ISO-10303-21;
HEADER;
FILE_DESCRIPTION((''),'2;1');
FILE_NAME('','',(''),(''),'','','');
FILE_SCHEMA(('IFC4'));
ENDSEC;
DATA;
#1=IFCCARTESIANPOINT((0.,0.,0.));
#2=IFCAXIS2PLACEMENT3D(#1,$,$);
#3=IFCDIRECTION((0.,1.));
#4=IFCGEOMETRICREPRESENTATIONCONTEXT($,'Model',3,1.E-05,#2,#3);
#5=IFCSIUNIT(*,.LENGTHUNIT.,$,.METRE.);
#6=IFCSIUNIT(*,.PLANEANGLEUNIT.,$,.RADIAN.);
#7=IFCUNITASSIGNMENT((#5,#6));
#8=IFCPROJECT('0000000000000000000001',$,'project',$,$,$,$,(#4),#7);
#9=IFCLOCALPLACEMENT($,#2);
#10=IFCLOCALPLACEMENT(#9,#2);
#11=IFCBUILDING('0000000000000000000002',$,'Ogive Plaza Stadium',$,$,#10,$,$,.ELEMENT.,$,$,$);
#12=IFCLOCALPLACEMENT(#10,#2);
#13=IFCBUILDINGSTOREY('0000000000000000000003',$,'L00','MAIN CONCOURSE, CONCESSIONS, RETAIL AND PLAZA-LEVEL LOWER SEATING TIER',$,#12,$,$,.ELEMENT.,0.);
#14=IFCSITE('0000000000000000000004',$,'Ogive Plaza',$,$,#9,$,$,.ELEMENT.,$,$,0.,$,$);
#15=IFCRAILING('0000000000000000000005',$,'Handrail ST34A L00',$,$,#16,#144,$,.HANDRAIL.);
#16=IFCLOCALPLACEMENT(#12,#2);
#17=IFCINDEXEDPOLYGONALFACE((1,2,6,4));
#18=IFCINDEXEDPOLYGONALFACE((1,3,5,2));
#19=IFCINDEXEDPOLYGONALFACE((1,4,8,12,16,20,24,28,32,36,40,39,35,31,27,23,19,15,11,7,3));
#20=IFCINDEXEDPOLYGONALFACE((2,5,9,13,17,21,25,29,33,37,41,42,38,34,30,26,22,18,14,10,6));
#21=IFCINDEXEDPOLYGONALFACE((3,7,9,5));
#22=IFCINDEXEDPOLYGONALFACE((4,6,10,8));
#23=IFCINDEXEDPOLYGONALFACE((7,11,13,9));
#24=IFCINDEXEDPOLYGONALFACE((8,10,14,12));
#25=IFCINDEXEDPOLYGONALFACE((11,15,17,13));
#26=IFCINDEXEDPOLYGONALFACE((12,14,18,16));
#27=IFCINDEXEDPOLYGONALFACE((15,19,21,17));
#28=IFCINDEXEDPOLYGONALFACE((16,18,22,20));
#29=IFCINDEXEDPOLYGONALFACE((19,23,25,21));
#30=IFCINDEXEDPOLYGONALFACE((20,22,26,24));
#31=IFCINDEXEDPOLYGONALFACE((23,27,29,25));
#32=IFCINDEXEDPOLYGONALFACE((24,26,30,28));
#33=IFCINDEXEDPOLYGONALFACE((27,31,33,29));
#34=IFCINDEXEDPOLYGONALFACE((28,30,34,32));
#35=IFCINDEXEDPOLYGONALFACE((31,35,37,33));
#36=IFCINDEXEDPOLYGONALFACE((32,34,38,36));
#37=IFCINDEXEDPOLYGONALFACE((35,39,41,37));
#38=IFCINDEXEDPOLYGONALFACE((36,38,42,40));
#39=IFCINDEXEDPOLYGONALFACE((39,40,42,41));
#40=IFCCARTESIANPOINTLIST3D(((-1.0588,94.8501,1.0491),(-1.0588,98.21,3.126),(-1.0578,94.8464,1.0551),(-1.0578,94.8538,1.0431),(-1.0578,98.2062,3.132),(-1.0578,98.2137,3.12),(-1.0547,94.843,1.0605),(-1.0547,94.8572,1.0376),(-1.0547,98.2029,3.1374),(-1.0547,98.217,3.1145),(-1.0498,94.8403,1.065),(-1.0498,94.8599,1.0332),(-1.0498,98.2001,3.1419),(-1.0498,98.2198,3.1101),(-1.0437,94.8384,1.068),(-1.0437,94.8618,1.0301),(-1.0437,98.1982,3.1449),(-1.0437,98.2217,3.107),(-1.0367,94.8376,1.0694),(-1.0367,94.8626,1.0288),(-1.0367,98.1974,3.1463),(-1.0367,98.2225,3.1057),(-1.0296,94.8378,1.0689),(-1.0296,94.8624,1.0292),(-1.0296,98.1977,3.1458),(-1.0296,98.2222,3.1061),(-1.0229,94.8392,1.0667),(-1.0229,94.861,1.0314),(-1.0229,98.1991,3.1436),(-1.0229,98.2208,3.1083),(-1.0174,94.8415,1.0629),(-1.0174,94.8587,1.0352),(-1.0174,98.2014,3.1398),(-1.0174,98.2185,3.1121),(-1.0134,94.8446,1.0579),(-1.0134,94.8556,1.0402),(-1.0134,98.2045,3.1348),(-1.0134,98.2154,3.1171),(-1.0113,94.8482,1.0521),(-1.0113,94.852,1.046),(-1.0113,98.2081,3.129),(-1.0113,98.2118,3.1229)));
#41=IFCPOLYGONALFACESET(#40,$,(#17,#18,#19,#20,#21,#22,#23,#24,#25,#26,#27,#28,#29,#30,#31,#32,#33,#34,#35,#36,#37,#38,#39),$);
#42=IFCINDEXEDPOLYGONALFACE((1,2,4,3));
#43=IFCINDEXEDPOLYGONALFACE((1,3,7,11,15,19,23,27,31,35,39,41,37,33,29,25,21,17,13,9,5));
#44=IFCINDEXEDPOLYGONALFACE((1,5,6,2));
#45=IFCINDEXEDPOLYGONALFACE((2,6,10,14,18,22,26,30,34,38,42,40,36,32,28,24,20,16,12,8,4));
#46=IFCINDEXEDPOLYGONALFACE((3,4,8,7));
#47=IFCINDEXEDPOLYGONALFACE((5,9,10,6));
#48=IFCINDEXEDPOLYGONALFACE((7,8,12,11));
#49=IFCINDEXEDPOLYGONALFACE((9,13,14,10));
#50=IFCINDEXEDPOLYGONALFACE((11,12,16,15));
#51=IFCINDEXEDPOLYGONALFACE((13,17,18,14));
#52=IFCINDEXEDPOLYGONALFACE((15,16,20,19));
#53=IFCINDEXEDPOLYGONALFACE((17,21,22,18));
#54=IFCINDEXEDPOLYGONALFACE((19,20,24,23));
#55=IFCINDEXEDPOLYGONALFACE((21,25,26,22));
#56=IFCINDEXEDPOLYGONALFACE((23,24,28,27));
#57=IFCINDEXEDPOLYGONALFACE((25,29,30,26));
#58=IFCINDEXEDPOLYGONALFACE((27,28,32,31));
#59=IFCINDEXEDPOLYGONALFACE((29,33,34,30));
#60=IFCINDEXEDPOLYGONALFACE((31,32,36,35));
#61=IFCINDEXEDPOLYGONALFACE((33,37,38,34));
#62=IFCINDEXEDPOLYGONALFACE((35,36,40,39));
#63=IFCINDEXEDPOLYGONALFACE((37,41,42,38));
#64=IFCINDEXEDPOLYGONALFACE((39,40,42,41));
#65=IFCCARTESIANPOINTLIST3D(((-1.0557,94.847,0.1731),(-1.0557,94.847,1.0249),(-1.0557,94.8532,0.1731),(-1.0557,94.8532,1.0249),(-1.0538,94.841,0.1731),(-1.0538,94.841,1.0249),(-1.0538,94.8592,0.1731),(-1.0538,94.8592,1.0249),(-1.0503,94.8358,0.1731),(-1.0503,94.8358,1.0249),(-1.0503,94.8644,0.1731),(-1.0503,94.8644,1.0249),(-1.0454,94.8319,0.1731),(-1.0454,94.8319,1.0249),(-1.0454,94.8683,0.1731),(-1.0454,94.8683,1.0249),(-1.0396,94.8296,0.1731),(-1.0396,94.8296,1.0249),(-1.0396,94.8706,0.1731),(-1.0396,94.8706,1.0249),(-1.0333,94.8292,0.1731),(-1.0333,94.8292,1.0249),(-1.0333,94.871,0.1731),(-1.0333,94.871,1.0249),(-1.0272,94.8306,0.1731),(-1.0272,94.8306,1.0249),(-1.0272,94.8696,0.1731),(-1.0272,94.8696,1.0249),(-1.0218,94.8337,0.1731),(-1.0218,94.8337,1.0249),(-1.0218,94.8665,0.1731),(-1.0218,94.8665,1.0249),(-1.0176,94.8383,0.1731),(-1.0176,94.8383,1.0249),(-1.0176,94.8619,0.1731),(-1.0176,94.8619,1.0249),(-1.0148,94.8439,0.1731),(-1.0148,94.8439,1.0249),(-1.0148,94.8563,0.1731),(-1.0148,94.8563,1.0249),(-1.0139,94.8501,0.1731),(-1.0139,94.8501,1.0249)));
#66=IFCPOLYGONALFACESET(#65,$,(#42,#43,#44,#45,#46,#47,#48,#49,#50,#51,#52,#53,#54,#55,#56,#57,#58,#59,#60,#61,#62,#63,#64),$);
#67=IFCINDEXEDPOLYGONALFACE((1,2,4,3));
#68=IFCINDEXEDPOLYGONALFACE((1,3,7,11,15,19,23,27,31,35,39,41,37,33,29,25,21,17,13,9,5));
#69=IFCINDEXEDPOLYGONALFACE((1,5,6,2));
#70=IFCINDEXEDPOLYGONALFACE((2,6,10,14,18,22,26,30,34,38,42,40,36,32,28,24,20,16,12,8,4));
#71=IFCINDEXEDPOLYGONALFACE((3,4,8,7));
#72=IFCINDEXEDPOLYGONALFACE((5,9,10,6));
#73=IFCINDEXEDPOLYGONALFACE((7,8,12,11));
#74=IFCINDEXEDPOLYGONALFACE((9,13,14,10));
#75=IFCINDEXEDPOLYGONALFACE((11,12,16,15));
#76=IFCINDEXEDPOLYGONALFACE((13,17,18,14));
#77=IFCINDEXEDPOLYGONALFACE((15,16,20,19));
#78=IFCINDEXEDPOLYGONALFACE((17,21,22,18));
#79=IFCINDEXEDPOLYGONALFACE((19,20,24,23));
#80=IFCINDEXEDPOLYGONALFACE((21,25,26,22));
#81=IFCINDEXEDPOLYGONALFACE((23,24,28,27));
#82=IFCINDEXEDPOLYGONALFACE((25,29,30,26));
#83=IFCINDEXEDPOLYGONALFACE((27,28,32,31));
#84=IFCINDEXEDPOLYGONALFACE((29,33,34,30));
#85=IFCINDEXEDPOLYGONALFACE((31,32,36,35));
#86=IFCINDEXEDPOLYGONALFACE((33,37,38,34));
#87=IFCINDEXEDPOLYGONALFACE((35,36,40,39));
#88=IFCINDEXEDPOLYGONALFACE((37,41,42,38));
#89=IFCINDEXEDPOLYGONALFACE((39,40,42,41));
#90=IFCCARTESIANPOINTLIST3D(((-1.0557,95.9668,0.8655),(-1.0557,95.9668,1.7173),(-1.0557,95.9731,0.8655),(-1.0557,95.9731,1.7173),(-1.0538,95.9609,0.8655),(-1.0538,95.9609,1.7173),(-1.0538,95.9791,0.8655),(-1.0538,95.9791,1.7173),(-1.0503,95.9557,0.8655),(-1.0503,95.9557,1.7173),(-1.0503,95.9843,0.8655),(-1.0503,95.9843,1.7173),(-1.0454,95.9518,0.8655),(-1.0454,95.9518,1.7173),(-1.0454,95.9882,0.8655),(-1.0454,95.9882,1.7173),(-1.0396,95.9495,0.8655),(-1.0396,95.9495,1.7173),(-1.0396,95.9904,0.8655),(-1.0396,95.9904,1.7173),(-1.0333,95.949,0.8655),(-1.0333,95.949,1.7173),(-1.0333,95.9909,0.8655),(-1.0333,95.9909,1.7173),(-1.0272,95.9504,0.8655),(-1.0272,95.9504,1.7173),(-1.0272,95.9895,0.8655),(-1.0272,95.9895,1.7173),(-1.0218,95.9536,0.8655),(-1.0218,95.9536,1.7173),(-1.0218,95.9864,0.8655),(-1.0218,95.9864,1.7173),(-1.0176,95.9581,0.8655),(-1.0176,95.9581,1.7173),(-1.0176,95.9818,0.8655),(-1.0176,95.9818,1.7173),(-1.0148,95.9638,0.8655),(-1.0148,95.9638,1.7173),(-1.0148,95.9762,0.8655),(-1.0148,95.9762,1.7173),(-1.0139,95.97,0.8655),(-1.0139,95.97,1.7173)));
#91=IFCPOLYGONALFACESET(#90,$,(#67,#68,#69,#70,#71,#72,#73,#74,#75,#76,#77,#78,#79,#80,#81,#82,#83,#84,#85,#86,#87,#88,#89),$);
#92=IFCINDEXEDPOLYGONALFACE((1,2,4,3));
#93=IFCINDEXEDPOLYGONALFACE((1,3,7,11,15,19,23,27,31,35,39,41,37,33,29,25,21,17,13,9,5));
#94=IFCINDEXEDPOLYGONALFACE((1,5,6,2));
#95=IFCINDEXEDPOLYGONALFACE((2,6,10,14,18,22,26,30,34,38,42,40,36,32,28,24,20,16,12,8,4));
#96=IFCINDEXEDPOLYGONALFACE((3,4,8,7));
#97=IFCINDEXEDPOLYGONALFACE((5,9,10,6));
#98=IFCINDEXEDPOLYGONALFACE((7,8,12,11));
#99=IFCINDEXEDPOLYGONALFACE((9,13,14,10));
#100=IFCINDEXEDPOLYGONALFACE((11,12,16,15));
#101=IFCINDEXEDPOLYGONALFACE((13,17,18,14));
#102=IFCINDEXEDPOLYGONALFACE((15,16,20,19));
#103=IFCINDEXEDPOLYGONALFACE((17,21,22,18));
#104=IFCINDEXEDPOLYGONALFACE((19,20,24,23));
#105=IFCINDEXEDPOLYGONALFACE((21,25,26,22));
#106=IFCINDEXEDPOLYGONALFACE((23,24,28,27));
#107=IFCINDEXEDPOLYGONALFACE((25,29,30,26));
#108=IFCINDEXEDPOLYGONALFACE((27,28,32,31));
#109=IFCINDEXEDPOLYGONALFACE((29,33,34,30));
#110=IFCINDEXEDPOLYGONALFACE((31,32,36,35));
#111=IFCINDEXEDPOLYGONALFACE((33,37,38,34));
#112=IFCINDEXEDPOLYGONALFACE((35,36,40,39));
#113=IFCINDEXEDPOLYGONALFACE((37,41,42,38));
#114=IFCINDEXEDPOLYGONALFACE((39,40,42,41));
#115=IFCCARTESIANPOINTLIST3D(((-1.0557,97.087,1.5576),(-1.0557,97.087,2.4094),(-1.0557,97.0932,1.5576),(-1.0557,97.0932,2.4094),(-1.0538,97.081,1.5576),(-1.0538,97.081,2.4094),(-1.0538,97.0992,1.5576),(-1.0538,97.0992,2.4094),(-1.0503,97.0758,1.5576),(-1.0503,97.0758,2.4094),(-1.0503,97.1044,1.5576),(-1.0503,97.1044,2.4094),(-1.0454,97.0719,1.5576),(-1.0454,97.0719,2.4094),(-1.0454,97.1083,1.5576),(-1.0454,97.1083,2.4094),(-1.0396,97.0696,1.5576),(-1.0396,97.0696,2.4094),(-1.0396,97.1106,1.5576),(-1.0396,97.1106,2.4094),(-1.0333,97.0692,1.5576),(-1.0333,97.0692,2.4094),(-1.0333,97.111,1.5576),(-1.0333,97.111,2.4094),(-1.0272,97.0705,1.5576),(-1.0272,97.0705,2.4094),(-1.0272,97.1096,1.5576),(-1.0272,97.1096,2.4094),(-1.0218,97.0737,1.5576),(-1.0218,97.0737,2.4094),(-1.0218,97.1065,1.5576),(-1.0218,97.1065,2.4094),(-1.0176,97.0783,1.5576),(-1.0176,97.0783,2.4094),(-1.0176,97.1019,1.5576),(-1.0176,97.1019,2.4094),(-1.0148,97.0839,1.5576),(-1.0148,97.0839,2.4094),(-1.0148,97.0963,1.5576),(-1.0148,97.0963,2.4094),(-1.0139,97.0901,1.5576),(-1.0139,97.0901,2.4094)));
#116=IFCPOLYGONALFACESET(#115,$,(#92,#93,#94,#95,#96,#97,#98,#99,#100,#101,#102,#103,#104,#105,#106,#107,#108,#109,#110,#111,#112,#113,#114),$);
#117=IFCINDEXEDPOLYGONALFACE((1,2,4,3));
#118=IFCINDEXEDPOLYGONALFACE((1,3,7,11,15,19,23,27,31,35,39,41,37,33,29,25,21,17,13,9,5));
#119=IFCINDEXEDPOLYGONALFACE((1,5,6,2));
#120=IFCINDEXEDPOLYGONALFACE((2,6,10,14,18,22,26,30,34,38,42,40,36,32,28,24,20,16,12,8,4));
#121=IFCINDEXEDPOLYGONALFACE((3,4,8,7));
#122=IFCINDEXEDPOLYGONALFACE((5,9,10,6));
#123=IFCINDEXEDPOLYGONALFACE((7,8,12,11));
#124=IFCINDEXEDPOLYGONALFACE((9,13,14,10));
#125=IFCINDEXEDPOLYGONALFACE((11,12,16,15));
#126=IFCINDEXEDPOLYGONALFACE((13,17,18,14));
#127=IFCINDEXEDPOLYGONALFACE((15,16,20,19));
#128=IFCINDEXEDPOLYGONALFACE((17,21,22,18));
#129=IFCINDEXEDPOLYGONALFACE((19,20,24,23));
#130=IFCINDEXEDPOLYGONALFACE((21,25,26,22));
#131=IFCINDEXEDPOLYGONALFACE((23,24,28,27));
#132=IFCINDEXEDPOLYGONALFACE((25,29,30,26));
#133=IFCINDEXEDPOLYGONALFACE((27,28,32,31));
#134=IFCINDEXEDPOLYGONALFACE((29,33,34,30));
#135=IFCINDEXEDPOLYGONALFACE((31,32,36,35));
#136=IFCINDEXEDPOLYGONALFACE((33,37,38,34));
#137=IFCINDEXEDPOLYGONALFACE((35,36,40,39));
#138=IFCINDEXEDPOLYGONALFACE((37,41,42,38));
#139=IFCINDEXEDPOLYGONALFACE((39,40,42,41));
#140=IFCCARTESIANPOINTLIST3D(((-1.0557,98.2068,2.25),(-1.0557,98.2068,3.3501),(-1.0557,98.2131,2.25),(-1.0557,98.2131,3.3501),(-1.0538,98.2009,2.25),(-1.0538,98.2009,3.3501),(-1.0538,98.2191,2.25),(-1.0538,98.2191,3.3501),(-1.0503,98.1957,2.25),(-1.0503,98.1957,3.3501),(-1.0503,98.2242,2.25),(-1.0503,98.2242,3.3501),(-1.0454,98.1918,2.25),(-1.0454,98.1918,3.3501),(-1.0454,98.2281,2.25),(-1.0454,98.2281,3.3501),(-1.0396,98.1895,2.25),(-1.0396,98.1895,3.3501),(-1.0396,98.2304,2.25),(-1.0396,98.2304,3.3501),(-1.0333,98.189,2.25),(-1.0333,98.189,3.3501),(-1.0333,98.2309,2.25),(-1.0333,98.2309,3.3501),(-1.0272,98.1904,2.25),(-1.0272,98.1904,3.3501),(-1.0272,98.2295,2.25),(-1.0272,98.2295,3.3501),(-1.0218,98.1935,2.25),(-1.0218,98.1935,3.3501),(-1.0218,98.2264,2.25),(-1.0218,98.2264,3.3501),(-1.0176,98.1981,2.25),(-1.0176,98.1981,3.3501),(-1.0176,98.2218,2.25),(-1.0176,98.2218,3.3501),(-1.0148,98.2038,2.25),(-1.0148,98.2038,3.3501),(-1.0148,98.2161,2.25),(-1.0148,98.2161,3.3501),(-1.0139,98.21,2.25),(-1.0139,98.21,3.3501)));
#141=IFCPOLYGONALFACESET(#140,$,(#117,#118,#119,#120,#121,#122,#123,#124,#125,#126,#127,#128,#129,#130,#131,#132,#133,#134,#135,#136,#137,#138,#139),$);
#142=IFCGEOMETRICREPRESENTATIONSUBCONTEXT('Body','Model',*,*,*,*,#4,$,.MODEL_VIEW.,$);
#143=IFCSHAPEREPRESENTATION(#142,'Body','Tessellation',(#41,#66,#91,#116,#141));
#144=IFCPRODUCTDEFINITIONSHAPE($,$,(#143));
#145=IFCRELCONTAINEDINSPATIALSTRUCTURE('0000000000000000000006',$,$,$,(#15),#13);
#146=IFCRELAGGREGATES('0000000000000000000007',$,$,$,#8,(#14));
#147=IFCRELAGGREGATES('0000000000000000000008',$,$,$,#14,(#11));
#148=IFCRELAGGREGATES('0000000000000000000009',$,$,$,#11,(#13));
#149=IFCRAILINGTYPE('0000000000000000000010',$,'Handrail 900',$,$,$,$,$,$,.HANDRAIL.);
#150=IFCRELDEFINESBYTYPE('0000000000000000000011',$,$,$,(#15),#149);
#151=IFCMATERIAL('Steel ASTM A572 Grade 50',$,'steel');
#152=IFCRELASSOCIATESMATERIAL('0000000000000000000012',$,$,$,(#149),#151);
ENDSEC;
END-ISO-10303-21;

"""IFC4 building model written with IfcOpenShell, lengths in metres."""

from ifc_helpers import new_model, si_unit, direction, frame, origin, origin_2d, place, context, subcontext, project, spatial, circle, extrude, material, type_object, element, save


model = new_model("IFC4")

# Units and contexts
model_context = context("Model", 3, precision=1e-05, world=origin(), true_north=direction((0.0, 1.0)))
body_context = subcontext(model_context, "Body", "Model", "MODEL_VIEW")
ifc_project = project(units=[si_unit("LENGTHUNIT", "METRE"), si_unit("PLANEANGLEUNIT", "RADIAN")], contexts=[model_context])

# Site, building, storey
site_placement = place(None, origin())
site = spatial("IfcSite", under=ifc_project, at=site_placement, Name="Ogive Plaza", CompositionType="ELEMENT", RefElevation=0.0)
building_placement = place(site_placement, origin())
building = spatial("IfcBuilding", under=site, at=building_placement, Name="Ogive Plaza Stadium", CompositionType="ELEMENT")
storey_placement = place(building_placement, origin())
storey = spatial("IfcBuildingStorey", under=building, at=storey_placement, Name="L00", Description="MAIN CONCOURSE, CONCESSIONS, RETAIL AND PLAZA-LEVEL LOWER SEATING TIER", CompositionType="ELEMENT", Elevation=0.0)

# Railing
ifc_material_1 = material(Name="Steel ASTM A572 Grade 50", Category="steel")
railing_type_1 = type_object("IfcRailingType", Name="Handrail 900", PredefinedType="HANDRAIL", material=ifc_material_1)
for number, where, name in (
    (1, (-1.0349, 94.8501, 0.1731), "Handrail ST34A L00"),
):
    element("IfcRailing", number, at=place(storey_placement, frame(where)), inside=storey, type_object=railing_type_1, Name=name, PredefinedType="HANDRAIL", context=body_context, shape_type="SweptSolid", body=[
        extrude(circle(Radius=0.0239, at=origin_2d()), frame((0.0, 0.0, 0.876), z_axis=(0.0, 0.850606, 0.525803), x_axis=(-1.0, 0.0, 0.0)), (0.0, 0.0, 1.0), 3.95),
        extrude(circle(Radius=0.021, at=origin_2d()), origin(), (0.0, 0.0, 1.0), 0.8518),
        extrude(circle(Radius=0.021, at=origin_2d()), frame((0.0, 1.1199, 0.6924)), (0.0, 0.0, 1.0), 0.8518),
        extrude(circle(Radius=0.021, at=origin_2d()), frame((0.0, 2.24, 1.3845)), (0.0, 0.0, 1.0), 0.8518),
        extrude(circle(Radius=0.021, at=origin_2d()), frame((0.0, 3.3599, 2.0769)), (0.0, 0.0, 1.0), 1.1001),
    ])

save(model, "model.ifc")
